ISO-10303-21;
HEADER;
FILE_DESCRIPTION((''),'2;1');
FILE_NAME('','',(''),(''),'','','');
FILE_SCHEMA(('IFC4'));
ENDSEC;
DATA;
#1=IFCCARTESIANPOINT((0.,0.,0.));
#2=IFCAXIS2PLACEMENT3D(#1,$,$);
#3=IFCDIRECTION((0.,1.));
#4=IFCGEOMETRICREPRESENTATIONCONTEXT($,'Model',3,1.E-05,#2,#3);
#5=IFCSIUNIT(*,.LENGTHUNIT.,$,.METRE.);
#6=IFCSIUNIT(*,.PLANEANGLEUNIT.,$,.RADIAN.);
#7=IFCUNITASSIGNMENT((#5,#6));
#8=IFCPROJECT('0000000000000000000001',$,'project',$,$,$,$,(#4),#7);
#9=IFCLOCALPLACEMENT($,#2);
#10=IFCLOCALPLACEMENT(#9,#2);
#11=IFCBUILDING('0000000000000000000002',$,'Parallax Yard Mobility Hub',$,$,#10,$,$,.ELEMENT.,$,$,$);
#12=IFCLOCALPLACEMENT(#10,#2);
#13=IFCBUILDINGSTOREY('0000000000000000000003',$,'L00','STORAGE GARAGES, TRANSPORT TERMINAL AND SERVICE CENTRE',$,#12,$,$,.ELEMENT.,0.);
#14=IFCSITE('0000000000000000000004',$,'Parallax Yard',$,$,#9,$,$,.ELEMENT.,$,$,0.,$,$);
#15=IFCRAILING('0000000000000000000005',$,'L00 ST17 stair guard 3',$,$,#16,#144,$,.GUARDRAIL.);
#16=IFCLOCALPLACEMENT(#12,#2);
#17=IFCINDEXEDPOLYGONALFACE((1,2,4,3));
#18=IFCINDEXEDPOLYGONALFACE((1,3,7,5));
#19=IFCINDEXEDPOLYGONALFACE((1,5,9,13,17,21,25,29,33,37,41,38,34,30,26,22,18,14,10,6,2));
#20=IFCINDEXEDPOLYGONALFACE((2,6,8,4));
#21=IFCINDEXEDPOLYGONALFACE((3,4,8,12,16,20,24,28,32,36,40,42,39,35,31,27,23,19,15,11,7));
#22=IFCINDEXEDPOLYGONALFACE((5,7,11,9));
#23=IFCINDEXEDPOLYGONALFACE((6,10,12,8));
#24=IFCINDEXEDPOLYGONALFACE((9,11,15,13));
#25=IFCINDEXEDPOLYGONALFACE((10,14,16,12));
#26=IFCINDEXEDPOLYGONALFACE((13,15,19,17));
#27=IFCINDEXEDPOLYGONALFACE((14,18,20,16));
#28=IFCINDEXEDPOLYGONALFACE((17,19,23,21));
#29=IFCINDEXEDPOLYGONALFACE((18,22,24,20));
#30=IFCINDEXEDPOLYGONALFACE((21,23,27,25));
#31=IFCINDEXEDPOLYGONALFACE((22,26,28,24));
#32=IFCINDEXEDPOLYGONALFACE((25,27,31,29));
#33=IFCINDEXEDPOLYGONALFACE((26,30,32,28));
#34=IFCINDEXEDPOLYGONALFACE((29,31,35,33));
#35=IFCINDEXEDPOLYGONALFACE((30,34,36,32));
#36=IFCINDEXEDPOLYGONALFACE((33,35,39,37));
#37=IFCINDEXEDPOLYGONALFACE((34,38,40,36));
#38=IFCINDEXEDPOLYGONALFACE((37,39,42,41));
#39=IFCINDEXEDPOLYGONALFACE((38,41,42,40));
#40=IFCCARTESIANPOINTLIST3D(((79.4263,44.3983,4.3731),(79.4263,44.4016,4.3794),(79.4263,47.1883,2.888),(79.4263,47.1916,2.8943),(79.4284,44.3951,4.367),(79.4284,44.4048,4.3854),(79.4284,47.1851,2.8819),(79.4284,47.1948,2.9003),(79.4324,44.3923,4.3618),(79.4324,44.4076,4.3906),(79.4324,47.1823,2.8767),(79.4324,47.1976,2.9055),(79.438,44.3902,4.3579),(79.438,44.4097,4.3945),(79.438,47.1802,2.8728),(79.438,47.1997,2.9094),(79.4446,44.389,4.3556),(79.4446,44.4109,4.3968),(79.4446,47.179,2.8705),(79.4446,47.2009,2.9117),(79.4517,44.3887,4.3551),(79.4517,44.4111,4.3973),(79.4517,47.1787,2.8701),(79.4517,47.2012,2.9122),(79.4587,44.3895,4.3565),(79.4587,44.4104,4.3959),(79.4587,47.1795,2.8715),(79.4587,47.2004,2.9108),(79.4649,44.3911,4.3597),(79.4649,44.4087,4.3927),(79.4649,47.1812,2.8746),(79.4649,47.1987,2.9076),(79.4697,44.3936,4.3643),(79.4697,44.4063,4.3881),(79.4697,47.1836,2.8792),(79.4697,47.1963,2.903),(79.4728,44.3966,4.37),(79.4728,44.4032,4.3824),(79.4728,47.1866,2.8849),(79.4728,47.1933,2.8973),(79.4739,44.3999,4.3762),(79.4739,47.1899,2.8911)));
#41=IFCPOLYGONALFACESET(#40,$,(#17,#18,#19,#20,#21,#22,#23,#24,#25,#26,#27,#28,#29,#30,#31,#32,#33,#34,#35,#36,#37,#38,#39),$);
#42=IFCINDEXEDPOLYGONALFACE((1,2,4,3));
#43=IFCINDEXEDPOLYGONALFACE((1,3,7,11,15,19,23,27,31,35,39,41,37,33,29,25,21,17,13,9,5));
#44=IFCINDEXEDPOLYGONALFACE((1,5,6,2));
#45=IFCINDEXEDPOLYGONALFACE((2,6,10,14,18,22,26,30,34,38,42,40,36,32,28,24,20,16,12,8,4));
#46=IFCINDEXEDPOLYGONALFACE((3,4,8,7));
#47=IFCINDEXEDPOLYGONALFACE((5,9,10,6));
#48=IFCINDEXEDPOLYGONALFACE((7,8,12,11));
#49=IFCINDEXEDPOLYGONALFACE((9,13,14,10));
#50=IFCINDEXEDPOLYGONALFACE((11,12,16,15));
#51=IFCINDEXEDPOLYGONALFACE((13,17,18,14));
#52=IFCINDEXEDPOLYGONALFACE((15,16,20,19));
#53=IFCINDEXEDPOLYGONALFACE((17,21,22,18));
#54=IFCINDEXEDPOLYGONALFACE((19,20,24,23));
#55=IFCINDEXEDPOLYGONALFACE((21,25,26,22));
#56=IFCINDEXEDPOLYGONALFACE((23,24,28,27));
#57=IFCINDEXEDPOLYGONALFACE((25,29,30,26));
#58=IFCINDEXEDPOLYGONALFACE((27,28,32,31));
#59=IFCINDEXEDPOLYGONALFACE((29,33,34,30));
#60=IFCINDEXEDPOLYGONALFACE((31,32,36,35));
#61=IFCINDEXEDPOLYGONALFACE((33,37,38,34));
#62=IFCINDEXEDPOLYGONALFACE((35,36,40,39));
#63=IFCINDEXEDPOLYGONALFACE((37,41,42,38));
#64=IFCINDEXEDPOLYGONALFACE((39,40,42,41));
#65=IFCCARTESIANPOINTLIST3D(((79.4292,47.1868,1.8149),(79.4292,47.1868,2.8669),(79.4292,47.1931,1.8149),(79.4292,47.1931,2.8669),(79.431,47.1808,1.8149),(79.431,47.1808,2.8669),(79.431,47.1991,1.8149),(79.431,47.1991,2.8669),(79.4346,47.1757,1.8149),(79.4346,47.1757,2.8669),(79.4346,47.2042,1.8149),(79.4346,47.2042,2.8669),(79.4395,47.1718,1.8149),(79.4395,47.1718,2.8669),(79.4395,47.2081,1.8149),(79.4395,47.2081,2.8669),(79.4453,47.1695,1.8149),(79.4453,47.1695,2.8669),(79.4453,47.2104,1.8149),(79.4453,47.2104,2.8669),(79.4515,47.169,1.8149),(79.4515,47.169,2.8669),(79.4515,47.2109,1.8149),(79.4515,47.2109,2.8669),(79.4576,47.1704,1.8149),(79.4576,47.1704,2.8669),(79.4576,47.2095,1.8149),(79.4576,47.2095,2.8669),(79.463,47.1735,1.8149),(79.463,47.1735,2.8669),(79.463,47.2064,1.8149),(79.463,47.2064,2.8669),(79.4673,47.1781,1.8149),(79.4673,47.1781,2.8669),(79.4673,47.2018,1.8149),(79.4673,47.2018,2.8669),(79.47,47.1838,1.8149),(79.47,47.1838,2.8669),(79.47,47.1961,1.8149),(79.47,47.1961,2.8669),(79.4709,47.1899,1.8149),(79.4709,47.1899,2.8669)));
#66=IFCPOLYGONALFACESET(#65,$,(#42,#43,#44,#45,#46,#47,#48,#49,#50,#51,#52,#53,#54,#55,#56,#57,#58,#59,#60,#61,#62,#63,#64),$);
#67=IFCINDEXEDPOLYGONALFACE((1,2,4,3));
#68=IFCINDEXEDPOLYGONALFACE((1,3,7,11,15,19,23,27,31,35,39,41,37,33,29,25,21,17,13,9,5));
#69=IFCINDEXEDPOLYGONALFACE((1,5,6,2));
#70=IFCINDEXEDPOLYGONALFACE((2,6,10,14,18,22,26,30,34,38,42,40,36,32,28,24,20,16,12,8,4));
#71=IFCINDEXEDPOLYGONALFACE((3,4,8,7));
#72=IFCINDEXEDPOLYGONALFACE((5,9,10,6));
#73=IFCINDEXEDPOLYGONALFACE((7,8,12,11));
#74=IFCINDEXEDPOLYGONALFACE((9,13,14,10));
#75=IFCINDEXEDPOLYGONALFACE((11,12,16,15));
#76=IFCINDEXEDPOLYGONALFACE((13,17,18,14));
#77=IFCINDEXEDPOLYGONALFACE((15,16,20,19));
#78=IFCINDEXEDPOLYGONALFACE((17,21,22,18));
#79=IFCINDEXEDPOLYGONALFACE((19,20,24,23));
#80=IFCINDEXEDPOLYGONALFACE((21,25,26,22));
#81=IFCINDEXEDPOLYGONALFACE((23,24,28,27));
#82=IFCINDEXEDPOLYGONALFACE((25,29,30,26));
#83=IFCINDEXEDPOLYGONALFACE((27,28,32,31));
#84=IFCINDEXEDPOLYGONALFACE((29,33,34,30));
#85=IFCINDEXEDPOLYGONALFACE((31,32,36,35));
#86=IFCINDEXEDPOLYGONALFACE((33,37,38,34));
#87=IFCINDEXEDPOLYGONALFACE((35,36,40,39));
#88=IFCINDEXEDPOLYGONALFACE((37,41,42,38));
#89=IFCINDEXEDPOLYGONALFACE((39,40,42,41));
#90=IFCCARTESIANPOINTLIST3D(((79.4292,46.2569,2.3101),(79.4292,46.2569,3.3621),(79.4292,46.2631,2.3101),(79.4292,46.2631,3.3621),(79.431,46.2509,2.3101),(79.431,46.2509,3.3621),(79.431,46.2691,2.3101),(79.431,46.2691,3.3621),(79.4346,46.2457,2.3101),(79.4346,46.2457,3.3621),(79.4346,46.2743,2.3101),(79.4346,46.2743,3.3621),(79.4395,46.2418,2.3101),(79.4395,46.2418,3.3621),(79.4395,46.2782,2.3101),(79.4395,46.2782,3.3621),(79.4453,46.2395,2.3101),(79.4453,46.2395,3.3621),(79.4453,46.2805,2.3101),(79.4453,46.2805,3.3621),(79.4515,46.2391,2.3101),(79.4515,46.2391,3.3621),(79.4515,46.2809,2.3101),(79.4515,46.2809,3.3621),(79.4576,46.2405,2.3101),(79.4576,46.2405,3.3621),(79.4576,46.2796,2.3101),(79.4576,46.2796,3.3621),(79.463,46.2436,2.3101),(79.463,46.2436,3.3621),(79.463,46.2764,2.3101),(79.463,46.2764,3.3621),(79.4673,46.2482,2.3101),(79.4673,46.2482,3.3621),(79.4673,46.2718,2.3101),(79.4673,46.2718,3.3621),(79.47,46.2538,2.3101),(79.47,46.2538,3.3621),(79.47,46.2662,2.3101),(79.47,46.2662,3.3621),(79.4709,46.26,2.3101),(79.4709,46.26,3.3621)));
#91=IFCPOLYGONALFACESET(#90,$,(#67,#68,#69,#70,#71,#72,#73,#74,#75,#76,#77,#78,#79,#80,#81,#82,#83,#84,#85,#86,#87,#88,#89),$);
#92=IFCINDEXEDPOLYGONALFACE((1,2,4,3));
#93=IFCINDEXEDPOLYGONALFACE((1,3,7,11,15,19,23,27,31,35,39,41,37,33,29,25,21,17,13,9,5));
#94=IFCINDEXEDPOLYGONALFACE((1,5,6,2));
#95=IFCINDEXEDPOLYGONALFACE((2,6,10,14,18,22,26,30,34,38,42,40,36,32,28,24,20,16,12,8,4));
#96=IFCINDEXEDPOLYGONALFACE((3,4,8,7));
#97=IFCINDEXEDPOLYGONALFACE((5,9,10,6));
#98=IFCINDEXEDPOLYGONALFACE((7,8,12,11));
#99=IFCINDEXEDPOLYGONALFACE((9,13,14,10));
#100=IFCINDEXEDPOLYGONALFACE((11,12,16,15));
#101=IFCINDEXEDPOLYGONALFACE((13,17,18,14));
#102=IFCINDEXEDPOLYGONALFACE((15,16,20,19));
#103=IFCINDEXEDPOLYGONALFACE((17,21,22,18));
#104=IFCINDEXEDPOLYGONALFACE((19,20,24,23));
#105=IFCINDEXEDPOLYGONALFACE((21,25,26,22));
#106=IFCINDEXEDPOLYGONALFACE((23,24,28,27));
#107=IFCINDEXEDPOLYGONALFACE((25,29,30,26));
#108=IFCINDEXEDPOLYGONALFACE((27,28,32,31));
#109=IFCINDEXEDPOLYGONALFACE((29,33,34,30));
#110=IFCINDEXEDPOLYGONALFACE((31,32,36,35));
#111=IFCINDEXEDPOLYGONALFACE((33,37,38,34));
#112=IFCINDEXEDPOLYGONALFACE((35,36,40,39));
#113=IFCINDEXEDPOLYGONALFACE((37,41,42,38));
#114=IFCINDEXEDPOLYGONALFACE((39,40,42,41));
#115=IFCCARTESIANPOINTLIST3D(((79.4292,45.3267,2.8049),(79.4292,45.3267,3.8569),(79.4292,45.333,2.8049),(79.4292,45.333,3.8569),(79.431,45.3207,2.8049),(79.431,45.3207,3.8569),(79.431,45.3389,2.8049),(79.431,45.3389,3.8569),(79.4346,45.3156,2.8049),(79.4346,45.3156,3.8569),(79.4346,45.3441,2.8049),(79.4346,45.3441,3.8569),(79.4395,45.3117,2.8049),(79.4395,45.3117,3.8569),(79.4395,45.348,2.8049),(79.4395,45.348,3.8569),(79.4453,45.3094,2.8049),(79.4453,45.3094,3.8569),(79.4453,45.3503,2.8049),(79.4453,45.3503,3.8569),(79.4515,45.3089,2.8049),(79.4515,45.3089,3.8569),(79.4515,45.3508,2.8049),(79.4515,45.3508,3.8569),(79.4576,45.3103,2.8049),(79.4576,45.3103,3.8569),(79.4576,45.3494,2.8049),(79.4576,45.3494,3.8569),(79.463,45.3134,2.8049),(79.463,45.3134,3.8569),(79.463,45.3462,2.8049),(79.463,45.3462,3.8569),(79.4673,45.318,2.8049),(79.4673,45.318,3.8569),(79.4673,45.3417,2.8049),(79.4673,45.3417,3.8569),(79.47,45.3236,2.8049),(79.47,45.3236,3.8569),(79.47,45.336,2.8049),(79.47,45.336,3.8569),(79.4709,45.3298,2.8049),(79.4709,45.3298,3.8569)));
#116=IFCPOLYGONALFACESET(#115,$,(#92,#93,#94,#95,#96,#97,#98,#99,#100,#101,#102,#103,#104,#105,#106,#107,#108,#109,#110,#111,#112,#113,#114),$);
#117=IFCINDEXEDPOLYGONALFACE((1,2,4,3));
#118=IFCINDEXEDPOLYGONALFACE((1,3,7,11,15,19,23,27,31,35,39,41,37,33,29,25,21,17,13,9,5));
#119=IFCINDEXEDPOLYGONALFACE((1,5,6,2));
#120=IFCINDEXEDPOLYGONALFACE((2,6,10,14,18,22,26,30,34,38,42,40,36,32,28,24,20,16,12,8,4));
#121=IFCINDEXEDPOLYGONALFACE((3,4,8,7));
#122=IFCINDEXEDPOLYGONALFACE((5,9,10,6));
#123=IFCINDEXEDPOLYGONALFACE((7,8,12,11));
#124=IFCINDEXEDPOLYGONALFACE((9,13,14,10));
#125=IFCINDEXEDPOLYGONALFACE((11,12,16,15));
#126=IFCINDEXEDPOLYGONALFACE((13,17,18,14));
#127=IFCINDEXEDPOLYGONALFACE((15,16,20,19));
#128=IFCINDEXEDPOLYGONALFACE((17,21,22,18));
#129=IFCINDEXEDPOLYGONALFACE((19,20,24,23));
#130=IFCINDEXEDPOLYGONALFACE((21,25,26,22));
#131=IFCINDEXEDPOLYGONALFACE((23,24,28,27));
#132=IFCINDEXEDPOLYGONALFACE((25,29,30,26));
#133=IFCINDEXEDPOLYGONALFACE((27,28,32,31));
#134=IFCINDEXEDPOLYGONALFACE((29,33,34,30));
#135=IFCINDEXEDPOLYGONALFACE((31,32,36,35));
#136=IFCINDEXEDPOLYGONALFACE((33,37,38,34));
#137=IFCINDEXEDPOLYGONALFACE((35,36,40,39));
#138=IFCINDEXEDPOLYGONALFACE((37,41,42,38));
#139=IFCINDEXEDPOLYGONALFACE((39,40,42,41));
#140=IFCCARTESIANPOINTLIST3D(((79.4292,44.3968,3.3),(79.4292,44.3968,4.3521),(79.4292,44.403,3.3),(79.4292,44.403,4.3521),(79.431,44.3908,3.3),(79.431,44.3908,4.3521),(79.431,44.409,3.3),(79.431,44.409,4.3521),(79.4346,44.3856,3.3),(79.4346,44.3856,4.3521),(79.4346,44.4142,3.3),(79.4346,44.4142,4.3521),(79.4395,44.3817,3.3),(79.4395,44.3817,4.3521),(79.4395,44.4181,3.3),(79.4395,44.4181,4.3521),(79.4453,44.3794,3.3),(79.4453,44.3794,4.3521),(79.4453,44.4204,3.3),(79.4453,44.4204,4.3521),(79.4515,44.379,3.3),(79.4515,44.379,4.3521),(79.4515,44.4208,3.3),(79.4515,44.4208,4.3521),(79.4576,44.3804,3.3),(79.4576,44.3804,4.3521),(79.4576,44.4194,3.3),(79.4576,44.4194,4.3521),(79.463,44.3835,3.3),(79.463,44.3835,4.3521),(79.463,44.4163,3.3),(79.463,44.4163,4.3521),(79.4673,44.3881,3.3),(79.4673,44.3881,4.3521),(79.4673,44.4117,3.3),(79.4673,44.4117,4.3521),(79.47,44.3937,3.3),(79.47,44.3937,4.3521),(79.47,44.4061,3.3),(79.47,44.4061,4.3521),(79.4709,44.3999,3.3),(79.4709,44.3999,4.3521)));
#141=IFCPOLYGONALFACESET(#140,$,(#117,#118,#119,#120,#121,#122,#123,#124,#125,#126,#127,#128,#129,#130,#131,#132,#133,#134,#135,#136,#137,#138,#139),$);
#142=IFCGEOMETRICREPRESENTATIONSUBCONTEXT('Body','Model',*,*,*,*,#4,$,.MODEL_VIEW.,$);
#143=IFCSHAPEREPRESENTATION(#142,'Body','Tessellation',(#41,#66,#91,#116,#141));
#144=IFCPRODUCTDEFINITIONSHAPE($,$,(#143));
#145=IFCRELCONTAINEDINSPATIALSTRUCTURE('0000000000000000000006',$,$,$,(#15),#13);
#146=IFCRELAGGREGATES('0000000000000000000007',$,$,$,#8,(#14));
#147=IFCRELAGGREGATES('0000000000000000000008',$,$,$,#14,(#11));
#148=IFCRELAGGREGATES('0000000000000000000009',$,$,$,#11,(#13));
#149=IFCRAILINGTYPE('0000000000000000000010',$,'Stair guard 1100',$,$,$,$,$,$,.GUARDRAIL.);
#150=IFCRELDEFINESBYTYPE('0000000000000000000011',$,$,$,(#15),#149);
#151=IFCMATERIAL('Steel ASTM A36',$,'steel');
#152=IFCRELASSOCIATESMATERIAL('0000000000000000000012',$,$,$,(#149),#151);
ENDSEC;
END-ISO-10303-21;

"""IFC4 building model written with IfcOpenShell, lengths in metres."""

from ifc_helpers import new_model, si_unit, direction, frame, origin, origin_2d, place, context, subcontext, project, spatial, circle, extrude, material, type_object, element, save


model = new_model("IFC4")

# Units and contexts
model_context = context("Model", 3, precision=1e-05, world=origin(), true_north=direction((0.0, 1.0)))
body_context = subcontext(model_context, "Body", "Model", "MODEL_VIEW")
ifc_project = project(units=[si_unit("LENGTHUNIT", "METRE"), si_unit("PLANEANGLEUNIT", "RADIAN")], contexts=[model_context])

# Site, building, storey
site_placement = place(None, origin())
site = spatial("IfcSite", under=ifc_project, at=site_placement, Name="Parallax Yard", CompositionType="ELEMENT", RefElevation=0.0)
building_placement = place(site_placement, origin())
building = spatial("IfcBuilding", under=site, at=building_placement, Name="Parallax Yard Mobility Hub", CompositionType="ELEMENT")
storey_placement = place(building_placement, origin())
storey = spatial("IfcBuildingStorey", under=building, at=storey_placement, Name="L00", Description="STORAGE GARAGES, TRANSPORT TERMINAL AND SERVICE CENTRE", CompositionType="ELEMENT", Elevation=0.0)

# Railing
ifc_material_1 = material(Name="Steel ASTM A36", Category="steel")
railing_type_1 = type_object("IfcRailingType", Name="Stair guard 1100", PredefinedType="GUARDRAIL", material=ifc_material_1)
railing_1_placement = place(storey_placement, frame((79.45, 47.1899, 1.8149)))
element("IfcRailing", 1, at=railing_1_placement, inside=storey, type_object=railing_type_1, Name="L00 ST17 stair guard 3", PredefinedType="GUARDRAIL", context=body_context, shape_type="SweptSolid", body=[
    extrude(circle(Radius=0.0239, at=origin_2d()), frame((0.0, 0.0, 1.0762), z_axis=(0.0, -0.882735, 0.46987), x_axis=(1.0, 0.0, 0.0)), (0.0, 0.0, 1.0), 3.1606),
    extrude(circle(Radius=0.021, at=origin_2d()), origin(), (0.0, 0.0, 1.0), 1.052),
    extrude(circle(Radius=0.021, at=origin_2d()), frame((0.0, -0.9299, 0.4951)), (0.0, 0.0, 1.0), 1.052),
    extrude(circle(Radius=0.021, at=origin_2d()), frame((0.0, -1.8601, 0.99)), (0.0, 0.0, 1.0), 1.052),
    extrude(circle(Radius=0.021, at=origin_2d()), frame((0.0, -2.79, 1.4851)), (0.0, 0.0, 1.0), 1.052),
])

save(model, "model.ifc")
